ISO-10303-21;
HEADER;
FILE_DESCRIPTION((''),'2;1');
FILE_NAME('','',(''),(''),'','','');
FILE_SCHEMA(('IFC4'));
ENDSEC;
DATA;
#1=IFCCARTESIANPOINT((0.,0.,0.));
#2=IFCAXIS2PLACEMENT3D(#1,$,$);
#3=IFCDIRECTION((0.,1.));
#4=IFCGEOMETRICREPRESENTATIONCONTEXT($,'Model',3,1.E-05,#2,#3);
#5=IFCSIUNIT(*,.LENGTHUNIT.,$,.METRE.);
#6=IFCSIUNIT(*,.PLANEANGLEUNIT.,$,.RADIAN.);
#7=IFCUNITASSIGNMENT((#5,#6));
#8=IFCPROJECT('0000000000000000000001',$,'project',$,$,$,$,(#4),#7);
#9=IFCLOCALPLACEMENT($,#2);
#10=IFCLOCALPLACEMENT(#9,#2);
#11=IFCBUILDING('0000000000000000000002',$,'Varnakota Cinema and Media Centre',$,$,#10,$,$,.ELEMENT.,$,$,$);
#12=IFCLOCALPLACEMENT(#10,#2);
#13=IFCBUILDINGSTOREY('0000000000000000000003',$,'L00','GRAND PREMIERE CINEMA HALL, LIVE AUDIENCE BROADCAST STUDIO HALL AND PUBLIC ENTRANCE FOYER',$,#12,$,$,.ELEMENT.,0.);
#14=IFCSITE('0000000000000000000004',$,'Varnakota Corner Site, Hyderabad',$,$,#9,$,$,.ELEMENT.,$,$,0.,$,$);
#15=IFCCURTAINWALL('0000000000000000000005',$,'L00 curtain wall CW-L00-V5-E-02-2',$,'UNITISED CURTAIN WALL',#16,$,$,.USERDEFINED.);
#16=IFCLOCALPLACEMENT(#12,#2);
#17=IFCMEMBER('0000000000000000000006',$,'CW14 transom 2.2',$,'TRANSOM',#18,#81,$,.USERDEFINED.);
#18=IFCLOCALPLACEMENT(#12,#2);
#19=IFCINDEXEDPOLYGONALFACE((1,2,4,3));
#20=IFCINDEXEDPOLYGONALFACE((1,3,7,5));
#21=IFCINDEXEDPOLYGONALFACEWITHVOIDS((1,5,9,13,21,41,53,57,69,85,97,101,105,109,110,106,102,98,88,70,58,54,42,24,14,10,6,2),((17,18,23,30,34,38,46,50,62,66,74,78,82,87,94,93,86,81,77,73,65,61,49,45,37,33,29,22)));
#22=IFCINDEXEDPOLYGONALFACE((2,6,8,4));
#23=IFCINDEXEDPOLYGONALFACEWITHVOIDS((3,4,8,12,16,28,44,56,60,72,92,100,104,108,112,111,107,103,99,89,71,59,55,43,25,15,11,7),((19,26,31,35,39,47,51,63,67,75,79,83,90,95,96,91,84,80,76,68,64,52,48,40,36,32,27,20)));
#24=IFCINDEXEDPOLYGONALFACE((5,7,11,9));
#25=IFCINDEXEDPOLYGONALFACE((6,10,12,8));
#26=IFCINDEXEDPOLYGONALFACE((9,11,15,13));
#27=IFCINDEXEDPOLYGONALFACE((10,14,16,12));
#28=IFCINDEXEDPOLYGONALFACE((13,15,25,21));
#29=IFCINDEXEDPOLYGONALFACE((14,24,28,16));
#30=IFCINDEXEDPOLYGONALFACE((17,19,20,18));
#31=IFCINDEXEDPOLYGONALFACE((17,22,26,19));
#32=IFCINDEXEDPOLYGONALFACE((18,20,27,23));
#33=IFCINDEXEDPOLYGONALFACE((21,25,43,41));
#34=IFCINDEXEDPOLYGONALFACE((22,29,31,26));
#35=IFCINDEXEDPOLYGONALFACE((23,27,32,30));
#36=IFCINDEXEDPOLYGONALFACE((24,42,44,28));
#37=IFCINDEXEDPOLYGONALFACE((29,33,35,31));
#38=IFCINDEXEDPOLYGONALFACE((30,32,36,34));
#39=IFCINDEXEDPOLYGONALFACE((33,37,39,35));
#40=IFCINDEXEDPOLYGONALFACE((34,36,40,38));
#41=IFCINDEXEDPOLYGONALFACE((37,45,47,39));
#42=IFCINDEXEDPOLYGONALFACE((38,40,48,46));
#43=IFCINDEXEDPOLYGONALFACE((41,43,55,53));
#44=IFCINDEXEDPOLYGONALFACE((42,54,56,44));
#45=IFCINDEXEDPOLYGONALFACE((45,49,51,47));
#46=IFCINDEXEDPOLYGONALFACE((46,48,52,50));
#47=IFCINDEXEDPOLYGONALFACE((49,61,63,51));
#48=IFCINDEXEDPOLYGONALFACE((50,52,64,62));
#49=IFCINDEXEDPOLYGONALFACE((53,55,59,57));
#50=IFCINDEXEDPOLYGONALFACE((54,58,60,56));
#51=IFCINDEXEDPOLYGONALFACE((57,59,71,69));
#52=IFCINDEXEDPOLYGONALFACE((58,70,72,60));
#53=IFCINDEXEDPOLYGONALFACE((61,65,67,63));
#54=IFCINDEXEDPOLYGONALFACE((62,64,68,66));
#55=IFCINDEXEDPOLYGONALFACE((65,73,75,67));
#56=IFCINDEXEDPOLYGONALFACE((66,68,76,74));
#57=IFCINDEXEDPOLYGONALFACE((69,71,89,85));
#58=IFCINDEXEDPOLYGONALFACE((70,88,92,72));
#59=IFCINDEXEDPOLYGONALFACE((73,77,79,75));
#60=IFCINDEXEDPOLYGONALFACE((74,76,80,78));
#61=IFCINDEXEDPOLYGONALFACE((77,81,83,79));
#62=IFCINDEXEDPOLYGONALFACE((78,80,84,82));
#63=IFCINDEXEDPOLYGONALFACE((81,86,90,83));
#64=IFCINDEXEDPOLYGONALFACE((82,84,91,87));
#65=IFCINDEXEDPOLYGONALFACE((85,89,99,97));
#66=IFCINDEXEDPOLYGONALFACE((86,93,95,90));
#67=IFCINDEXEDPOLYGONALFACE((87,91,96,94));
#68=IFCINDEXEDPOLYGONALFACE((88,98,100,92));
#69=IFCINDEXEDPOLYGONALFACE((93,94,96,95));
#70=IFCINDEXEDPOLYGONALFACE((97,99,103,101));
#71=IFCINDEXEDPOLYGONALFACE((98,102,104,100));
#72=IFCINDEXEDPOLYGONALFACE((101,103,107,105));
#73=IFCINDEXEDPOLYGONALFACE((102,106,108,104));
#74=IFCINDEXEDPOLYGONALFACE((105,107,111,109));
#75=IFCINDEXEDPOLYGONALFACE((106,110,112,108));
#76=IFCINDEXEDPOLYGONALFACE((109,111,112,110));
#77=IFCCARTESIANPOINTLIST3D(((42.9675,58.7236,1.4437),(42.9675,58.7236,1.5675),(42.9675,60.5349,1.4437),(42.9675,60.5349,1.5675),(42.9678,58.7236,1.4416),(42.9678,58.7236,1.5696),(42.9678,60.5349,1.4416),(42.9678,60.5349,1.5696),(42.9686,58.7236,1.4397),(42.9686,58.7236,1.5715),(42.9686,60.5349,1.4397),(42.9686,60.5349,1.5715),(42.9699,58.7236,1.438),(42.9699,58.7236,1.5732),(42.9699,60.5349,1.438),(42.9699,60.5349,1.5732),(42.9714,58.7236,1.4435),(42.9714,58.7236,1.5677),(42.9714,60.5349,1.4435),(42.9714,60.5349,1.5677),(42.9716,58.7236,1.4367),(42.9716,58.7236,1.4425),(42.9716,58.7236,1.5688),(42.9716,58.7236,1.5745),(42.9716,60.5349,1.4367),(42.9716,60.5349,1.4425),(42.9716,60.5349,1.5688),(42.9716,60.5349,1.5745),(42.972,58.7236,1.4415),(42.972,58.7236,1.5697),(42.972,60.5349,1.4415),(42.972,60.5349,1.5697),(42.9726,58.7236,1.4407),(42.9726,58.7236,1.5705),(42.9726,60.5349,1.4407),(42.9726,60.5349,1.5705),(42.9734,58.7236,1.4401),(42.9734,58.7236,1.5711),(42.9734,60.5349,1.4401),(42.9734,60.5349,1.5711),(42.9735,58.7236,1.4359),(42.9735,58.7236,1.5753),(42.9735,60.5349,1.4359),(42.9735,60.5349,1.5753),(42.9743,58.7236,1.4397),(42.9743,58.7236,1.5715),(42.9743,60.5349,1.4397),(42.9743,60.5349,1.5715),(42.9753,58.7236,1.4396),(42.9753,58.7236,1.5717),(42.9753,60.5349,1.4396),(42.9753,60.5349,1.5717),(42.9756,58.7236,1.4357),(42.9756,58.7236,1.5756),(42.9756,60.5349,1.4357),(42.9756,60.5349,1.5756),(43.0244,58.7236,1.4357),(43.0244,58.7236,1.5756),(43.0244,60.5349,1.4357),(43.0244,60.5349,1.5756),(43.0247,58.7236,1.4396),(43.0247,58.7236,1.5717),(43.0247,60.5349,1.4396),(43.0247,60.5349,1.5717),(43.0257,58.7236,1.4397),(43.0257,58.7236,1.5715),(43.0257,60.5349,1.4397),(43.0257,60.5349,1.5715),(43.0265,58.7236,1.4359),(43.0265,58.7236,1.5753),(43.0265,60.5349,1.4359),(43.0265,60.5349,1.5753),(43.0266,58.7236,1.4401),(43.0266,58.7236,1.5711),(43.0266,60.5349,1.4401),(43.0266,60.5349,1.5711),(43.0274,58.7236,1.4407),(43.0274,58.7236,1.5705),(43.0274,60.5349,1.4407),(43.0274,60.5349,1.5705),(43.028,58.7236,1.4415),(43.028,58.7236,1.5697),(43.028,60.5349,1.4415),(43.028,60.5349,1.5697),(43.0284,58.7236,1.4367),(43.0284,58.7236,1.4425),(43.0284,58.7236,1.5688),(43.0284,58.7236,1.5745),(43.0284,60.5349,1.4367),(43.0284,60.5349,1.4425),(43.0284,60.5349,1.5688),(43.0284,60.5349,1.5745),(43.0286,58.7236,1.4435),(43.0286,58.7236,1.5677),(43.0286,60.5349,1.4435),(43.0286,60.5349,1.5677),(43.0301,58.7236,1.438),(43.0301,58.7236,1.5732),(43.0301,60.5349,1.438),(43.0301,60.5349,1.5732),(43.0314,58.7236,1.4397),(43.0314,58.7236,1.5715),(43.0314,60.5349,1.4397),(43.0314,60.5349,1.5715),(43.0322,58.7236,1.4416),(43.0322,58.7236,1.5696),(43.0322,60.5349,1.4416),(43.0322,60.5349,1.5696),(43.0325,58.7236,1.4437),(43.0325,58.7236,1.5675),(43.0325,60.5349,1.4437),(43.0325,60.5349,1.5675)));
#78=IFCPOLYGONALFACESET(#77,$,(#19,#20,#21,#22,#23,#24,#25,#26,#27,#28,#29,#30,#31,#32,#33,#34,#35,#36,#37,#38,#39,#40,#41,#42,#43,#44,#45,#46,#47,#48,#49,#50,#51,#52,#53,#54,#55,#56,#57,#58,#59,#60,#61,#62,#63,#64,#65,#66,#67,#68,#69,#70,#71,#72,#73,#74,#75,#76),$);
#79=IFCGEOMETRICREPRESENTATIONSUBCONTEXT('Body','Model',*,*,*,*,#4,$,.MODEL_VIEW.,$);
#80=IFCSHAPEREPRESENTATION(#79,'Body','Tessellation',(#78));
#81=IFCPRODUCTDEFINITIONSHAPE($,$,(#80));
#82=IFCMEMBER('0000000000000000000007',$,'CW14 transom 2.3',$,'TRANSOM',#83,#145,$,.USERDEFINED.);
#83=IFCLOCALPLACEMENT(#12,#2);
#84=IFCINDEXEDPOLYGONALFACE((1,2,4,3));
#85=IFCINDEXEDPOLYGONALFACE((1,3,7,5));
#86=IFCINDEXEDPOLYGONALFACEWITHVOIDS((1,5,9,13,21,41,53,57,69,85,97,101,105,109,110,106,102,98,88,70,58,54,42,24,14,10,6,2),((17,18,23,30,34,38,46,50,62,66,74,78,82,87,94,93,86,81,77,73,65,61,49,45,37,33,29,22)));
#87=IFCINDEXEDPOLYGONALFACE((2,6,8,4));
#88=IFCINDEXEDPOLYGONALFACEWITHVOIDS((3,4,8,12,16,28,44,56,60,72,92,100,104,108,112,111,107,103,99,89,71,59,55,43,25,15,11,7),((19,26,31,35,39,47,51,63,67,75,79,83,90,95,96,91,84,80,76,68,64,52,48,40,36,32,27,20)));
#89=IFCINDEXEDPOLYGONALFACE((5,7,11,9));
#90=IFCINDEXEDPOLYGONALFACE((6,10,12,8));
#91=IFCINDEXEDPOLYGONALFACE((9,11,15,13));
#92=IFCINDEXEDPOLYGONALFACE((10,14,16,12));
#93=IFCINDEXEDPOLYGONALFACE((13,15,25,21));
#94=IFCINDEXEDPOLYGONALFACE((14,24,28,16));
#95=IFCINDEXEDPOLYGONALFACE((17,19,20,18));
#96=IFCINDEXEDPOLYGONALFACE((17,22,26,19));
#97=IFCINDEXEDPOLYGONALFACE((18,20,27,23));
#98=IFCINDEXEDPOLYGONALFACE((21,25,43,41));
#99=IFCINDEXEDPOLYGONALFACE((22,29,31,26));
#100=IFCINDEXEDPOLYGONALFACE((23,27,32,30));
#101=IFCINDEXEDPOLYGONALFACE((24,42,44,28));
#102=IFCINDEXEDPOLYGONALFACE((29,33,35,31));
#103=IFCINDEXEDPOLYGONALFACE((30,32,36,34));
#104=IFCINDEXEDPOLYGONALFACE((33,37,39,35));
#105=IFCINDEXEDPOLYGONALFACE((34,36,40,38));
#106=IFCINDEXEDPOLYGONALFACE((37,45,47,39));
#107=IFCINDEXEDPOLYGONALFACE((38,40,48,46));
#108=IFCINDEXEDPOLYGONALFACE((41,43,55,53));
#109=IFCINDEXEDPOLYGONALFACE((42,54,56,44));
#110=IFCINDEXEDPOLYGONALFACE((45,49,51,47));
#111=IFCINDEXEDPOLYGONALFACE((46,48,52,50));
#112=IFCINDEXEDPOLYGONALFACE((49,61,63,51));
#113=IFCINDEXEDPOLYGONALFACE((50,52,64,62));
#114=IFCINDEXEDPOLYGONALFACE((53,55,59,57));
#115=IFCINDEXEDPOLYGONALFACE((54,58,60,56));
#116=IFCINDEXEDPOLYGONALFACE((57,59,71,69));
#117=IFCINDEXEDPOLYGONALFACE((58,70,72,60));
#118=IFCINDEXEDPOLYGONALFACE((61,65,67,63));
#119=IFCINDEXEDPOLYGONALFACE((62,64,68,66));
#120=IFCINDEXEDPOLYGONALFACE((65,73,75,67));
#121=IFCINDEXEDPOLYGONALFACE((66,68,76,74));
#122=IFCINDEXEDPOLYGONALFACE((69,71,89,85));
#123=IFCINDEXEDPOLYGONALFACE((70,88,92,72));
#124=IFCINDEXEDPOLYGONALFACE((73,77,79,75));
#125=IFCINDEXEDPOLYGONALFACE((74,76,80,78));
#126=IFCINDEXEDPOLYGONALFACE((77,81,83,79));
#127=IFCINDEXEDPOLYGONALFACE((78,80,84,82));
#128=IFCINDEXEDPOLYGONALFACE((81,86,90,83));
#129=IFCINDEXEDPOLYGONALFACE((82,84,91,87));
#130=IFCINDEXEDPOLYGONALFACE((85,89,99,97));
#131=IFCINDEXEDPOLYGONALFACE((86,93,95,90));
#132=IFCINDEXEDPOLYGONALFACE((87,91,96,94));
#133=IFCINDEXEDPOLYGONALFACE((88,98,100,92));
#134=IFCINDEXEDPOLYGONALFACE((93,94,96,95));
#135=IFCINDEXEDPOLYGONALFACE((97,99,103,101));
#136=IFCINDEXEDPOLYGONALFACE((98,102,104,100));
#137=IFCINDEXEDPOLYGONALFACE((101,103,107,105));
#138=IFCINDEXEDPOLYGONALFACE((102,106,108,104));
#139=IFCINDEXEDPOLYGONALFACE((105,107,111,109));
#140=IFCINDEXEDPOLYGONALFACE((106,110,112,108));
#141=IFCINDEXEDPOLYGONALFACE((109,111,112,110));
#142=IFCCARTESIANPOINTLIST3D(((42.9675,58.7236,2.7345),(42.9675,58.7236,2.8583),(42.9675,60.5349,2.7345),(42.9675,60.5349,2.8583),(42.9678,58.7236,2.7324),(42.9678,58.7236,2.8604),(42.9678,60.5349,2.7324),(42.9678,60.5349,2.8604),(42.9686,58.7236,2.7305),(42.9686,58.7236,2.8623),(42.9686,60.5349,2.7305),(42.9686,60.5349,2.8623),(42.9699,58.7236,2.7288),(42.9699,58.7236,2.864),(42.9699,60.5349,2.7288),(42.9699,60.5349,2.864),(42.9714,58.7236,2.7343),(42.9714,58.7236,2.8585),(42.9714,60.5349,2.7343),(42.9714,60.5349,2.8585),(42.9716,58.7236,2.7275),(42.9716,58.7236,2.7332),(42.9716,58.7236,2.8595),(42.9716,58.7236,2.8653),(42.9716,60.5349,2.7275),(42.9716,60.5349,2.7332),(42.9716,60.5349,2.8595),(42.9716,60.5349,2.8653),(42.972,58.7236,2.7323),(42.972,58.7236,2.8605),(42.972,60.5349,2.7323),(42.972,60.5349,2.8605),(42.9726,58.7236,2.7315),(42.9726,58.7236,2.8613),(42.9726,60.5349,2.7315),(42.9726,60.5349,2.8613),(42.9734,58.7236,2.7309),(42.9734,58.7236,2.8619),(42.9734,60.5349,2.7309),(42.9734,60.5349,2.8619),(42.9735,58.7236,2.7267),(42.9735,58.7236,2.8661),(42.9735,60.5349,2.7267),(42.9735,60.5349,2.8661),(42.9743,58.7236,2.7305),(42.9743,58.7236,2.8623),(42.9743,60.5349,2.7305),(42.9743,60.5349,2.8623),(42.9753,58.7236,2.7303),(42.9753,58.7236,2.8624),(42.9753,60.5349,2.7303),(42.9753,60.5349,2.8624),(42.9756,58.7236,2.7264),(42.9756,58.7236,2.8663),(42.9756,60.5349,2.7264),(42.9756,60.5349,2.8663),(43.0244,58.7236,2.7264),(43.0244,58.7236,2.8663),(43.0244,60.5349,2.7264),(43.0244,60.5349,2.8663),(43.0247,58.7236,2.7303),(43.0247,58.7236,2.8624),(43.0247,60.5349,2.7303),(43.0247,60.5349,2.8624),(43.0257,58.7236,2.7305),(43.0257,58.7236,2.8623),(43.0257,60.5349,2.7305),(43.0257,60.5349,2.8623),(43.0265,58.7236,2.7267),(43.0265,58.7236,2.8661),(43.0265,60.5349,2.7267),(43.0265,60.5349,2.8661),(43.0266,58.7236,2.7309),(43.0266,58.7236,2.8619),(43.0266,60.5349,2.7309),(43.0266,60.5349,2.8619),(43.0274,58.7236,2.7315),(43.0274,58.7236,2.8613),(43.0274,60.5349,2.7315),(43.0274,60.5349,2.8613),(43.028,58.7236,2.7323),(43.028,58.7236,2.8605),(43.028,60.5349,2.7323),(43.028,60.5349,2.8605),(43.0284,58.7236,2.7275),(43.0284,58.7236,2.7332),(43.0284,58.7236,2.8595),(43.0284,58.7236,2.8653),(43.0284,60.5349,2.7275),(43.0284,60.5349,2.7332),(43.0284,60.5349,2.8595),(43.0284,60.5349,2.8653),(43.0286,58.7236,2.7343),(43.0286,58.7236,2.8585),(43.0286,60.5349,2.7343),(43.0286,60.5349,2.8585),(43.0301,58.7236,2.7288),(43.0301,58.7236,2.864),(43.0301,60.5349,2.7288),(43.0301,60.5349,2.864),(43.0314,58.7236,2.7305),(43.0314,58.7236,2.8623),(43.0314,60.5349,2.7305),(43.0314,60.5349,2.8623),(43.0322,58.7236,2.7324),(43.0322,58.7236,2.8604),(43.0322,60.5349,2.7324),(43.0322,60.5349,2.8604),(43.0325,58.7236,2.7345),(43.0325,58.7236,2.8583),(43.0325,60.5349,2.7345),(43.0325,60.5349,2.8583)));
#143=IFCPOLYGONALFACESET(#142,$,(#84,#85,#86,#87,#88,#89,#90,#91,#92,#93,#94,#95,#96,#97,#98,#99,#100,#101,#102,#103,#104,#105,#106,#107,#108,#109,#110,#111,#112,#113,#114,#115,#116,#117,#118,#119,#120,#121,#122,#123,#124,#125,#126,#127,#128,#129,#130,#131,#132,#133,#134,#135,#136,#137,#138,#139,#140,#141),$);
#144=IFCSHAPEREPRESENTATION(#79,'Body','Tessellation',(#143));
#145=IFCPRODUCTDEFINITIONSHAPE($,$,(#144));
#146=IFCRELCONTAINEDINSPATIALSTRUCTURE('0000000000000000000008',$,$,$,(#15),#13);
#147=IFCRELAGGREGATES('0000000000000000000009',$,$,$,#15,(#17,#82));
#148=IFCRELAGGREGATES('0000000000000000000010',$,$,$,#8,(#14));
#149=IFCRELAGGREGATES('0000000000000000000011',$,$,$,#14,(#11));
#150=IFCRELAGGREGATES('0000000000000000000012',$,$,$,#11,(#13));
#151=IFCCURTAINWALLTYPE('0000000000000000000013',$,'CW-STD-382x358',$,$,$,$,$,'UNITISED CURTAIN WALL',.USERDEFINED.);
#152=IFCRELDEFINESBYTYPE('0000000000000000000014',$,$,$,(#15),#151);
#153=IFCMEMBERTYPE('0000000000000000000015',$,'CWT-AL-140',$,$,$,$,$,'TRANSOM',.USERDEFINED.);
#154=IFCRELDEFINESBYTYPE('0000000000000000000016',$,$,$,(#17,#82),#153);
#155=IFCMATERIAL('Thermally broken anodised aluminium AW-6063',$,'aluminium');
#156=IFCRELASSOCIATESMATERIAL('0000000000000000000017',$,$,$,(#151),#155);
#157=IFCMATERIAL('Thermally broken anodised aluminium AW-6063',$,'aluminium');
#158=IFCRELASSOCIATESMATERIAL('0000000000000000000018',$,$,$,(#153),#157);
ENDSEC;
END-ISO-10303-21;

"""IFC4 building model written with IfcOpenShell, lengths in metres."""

from ifc_helpers import new_model, si_unit, direction, frame, origin, origin_2d, place, context, subcontext, project, spatial, hollow_rectangle, extrude, material, material_profile, profile_set, type_object, element, aggregate, save


model = new_model("IFC4")

# Units and contexts
model_context = context("Model", 3, precision=1e-05, world=origin(), true_north=direction((0.0, 1.0)))
body_context = subcontext(model_context, "Body", "Model", "MODEL_VIEW")
ifc_project = project(units=[si_unit("LENGTHUNIT", "METRE"), si_unit("PLANEANGLEUNIT", "RADIAN")], contexts=[model_context])

# Site, building, storey
site_placement = place(None, origin())
site = spatial("IfcSite", under=ifc_project, at=site_placement, Name="Varnakota Corner Site, Hyderabad", CompositionType="ELEMENT", RefElevation=0.0)
building_placement = place(site_placement, origin())
building = spatial("IfcBuilding", under=site, at=building_placement, Name="Varnakota Cinema and Media Centre", CompositionType="ELEMENT")
storey_placement = place(building_placement, origin())
storey = spatial("IfcBuildingStorey", under=building, at=storey_placement, Name="L00", Description="GRAND PREMIERE CINEMA HALL, LIVE AUDIENCE BROADCAST STUDIO HALL AND PUBLIC ENTRANCE FOYER", CompositionType="ELEMENT", Elevation=0.0)

# Shared definitions
ifc_material_1 = material(Name="Thermally broken anodised aluminium AW-6063", Category="aluminium")
curtain_wall_type = type_object("IfcCurtainWallType", Name="CW-STD-382x358", ElementType="UNITISED CURTAIN WALL", PredefinedType="USERDEFINED", material=ifc_material_1)

# Curtain wall
curtain_wall_1_placement = place(storey_placement, origin())
curtain_wall_1 = element("IfcCurtainWall", 1, at=curtain_wall_1_placement, inside=storey, type_object=curtain_wall_type, Name="L00 curtain wall CW-L00-V5-E-02-2", ObjectType="UNITISED CURTAIN WALL", PredefinedType="USERDEFINED")

# Members
ifc_material_2 = material(Name="Thermally broken anodised aluminium AW-6063", Category="aluminium")
ifc_material_profile_1 = material_profile(ifc_material_2, hollow_rectangle(XDim=0.0649, YDim=0.1399, WallThickness=0.0039, InnerFilletRadius=0.0039, OuterFilletRadius=0.0081, at=origin_2d()), Name="AL-TRANSOM 140x65x4")
ifc_profile_set_1 = profile_set([ifc_material_profile_1], Name="Thermally broken anodised aluminium AW-6063")
member_type_1 = type_object("IfcMemberType", Name="CWT-AL-140", ElementType="TRANSOM", PredefinedType="USERDEFINED", material=ifc_profile_set_1)
member_1_placement = place(storey_placement, frame((43.0, 58.7236, 1.5056), z_axis=(0.0, 1.0, 0.0), x_axis=(-1.0, 0.0, 0.0)))
member_1 = element("IfcMember", 2, at=member_1_placement, type_object=member_type_1, Name="CW14 transom 2.2", ObjectType="TRANSOM", PredefinedType="USERDEFINED", context=body_context, shape_type="SweptSolid", body=[
    extrude(hollow_rectangle(XDim=0.0649, YDim=0.1399, WallThickness=0.0039, InnerFilletRadius=0.0039, OuterFilletRadius=0.0081, at=origin_2d()), origin(), (0.0, 0.0, 1.0), 1.8113),
])
member_2_placement = place(storey_placement, frame((43.0, 58.7236, 2.7964), z_axis=(0.0, 1.0, 0.0), x_axis=(-1.0, 0.0, 0.0)))
member_2 = element("IfcMember", 3, at=member_2_placement, type_object=member_type_1, Name="CW14 transom 2.3", ObjectType="TRANSOM", PredefinedType="USERDEFINED", context=body_context, shape_type="SweptSolid", body=[
    extrude(hollow_rectangle(XDim=0.0649, YDim=0.1399, WallThickness=0.0039, InnerFilletRadius=0.0039, OuterFilletRadius=0.0081, at=origin_2d()), origin(), (0.0, 0.0, 1.0), 1.8113),
])

aggregate(curtain_wall_1, [member_1, member_2])

save(model, "model.ifc")
